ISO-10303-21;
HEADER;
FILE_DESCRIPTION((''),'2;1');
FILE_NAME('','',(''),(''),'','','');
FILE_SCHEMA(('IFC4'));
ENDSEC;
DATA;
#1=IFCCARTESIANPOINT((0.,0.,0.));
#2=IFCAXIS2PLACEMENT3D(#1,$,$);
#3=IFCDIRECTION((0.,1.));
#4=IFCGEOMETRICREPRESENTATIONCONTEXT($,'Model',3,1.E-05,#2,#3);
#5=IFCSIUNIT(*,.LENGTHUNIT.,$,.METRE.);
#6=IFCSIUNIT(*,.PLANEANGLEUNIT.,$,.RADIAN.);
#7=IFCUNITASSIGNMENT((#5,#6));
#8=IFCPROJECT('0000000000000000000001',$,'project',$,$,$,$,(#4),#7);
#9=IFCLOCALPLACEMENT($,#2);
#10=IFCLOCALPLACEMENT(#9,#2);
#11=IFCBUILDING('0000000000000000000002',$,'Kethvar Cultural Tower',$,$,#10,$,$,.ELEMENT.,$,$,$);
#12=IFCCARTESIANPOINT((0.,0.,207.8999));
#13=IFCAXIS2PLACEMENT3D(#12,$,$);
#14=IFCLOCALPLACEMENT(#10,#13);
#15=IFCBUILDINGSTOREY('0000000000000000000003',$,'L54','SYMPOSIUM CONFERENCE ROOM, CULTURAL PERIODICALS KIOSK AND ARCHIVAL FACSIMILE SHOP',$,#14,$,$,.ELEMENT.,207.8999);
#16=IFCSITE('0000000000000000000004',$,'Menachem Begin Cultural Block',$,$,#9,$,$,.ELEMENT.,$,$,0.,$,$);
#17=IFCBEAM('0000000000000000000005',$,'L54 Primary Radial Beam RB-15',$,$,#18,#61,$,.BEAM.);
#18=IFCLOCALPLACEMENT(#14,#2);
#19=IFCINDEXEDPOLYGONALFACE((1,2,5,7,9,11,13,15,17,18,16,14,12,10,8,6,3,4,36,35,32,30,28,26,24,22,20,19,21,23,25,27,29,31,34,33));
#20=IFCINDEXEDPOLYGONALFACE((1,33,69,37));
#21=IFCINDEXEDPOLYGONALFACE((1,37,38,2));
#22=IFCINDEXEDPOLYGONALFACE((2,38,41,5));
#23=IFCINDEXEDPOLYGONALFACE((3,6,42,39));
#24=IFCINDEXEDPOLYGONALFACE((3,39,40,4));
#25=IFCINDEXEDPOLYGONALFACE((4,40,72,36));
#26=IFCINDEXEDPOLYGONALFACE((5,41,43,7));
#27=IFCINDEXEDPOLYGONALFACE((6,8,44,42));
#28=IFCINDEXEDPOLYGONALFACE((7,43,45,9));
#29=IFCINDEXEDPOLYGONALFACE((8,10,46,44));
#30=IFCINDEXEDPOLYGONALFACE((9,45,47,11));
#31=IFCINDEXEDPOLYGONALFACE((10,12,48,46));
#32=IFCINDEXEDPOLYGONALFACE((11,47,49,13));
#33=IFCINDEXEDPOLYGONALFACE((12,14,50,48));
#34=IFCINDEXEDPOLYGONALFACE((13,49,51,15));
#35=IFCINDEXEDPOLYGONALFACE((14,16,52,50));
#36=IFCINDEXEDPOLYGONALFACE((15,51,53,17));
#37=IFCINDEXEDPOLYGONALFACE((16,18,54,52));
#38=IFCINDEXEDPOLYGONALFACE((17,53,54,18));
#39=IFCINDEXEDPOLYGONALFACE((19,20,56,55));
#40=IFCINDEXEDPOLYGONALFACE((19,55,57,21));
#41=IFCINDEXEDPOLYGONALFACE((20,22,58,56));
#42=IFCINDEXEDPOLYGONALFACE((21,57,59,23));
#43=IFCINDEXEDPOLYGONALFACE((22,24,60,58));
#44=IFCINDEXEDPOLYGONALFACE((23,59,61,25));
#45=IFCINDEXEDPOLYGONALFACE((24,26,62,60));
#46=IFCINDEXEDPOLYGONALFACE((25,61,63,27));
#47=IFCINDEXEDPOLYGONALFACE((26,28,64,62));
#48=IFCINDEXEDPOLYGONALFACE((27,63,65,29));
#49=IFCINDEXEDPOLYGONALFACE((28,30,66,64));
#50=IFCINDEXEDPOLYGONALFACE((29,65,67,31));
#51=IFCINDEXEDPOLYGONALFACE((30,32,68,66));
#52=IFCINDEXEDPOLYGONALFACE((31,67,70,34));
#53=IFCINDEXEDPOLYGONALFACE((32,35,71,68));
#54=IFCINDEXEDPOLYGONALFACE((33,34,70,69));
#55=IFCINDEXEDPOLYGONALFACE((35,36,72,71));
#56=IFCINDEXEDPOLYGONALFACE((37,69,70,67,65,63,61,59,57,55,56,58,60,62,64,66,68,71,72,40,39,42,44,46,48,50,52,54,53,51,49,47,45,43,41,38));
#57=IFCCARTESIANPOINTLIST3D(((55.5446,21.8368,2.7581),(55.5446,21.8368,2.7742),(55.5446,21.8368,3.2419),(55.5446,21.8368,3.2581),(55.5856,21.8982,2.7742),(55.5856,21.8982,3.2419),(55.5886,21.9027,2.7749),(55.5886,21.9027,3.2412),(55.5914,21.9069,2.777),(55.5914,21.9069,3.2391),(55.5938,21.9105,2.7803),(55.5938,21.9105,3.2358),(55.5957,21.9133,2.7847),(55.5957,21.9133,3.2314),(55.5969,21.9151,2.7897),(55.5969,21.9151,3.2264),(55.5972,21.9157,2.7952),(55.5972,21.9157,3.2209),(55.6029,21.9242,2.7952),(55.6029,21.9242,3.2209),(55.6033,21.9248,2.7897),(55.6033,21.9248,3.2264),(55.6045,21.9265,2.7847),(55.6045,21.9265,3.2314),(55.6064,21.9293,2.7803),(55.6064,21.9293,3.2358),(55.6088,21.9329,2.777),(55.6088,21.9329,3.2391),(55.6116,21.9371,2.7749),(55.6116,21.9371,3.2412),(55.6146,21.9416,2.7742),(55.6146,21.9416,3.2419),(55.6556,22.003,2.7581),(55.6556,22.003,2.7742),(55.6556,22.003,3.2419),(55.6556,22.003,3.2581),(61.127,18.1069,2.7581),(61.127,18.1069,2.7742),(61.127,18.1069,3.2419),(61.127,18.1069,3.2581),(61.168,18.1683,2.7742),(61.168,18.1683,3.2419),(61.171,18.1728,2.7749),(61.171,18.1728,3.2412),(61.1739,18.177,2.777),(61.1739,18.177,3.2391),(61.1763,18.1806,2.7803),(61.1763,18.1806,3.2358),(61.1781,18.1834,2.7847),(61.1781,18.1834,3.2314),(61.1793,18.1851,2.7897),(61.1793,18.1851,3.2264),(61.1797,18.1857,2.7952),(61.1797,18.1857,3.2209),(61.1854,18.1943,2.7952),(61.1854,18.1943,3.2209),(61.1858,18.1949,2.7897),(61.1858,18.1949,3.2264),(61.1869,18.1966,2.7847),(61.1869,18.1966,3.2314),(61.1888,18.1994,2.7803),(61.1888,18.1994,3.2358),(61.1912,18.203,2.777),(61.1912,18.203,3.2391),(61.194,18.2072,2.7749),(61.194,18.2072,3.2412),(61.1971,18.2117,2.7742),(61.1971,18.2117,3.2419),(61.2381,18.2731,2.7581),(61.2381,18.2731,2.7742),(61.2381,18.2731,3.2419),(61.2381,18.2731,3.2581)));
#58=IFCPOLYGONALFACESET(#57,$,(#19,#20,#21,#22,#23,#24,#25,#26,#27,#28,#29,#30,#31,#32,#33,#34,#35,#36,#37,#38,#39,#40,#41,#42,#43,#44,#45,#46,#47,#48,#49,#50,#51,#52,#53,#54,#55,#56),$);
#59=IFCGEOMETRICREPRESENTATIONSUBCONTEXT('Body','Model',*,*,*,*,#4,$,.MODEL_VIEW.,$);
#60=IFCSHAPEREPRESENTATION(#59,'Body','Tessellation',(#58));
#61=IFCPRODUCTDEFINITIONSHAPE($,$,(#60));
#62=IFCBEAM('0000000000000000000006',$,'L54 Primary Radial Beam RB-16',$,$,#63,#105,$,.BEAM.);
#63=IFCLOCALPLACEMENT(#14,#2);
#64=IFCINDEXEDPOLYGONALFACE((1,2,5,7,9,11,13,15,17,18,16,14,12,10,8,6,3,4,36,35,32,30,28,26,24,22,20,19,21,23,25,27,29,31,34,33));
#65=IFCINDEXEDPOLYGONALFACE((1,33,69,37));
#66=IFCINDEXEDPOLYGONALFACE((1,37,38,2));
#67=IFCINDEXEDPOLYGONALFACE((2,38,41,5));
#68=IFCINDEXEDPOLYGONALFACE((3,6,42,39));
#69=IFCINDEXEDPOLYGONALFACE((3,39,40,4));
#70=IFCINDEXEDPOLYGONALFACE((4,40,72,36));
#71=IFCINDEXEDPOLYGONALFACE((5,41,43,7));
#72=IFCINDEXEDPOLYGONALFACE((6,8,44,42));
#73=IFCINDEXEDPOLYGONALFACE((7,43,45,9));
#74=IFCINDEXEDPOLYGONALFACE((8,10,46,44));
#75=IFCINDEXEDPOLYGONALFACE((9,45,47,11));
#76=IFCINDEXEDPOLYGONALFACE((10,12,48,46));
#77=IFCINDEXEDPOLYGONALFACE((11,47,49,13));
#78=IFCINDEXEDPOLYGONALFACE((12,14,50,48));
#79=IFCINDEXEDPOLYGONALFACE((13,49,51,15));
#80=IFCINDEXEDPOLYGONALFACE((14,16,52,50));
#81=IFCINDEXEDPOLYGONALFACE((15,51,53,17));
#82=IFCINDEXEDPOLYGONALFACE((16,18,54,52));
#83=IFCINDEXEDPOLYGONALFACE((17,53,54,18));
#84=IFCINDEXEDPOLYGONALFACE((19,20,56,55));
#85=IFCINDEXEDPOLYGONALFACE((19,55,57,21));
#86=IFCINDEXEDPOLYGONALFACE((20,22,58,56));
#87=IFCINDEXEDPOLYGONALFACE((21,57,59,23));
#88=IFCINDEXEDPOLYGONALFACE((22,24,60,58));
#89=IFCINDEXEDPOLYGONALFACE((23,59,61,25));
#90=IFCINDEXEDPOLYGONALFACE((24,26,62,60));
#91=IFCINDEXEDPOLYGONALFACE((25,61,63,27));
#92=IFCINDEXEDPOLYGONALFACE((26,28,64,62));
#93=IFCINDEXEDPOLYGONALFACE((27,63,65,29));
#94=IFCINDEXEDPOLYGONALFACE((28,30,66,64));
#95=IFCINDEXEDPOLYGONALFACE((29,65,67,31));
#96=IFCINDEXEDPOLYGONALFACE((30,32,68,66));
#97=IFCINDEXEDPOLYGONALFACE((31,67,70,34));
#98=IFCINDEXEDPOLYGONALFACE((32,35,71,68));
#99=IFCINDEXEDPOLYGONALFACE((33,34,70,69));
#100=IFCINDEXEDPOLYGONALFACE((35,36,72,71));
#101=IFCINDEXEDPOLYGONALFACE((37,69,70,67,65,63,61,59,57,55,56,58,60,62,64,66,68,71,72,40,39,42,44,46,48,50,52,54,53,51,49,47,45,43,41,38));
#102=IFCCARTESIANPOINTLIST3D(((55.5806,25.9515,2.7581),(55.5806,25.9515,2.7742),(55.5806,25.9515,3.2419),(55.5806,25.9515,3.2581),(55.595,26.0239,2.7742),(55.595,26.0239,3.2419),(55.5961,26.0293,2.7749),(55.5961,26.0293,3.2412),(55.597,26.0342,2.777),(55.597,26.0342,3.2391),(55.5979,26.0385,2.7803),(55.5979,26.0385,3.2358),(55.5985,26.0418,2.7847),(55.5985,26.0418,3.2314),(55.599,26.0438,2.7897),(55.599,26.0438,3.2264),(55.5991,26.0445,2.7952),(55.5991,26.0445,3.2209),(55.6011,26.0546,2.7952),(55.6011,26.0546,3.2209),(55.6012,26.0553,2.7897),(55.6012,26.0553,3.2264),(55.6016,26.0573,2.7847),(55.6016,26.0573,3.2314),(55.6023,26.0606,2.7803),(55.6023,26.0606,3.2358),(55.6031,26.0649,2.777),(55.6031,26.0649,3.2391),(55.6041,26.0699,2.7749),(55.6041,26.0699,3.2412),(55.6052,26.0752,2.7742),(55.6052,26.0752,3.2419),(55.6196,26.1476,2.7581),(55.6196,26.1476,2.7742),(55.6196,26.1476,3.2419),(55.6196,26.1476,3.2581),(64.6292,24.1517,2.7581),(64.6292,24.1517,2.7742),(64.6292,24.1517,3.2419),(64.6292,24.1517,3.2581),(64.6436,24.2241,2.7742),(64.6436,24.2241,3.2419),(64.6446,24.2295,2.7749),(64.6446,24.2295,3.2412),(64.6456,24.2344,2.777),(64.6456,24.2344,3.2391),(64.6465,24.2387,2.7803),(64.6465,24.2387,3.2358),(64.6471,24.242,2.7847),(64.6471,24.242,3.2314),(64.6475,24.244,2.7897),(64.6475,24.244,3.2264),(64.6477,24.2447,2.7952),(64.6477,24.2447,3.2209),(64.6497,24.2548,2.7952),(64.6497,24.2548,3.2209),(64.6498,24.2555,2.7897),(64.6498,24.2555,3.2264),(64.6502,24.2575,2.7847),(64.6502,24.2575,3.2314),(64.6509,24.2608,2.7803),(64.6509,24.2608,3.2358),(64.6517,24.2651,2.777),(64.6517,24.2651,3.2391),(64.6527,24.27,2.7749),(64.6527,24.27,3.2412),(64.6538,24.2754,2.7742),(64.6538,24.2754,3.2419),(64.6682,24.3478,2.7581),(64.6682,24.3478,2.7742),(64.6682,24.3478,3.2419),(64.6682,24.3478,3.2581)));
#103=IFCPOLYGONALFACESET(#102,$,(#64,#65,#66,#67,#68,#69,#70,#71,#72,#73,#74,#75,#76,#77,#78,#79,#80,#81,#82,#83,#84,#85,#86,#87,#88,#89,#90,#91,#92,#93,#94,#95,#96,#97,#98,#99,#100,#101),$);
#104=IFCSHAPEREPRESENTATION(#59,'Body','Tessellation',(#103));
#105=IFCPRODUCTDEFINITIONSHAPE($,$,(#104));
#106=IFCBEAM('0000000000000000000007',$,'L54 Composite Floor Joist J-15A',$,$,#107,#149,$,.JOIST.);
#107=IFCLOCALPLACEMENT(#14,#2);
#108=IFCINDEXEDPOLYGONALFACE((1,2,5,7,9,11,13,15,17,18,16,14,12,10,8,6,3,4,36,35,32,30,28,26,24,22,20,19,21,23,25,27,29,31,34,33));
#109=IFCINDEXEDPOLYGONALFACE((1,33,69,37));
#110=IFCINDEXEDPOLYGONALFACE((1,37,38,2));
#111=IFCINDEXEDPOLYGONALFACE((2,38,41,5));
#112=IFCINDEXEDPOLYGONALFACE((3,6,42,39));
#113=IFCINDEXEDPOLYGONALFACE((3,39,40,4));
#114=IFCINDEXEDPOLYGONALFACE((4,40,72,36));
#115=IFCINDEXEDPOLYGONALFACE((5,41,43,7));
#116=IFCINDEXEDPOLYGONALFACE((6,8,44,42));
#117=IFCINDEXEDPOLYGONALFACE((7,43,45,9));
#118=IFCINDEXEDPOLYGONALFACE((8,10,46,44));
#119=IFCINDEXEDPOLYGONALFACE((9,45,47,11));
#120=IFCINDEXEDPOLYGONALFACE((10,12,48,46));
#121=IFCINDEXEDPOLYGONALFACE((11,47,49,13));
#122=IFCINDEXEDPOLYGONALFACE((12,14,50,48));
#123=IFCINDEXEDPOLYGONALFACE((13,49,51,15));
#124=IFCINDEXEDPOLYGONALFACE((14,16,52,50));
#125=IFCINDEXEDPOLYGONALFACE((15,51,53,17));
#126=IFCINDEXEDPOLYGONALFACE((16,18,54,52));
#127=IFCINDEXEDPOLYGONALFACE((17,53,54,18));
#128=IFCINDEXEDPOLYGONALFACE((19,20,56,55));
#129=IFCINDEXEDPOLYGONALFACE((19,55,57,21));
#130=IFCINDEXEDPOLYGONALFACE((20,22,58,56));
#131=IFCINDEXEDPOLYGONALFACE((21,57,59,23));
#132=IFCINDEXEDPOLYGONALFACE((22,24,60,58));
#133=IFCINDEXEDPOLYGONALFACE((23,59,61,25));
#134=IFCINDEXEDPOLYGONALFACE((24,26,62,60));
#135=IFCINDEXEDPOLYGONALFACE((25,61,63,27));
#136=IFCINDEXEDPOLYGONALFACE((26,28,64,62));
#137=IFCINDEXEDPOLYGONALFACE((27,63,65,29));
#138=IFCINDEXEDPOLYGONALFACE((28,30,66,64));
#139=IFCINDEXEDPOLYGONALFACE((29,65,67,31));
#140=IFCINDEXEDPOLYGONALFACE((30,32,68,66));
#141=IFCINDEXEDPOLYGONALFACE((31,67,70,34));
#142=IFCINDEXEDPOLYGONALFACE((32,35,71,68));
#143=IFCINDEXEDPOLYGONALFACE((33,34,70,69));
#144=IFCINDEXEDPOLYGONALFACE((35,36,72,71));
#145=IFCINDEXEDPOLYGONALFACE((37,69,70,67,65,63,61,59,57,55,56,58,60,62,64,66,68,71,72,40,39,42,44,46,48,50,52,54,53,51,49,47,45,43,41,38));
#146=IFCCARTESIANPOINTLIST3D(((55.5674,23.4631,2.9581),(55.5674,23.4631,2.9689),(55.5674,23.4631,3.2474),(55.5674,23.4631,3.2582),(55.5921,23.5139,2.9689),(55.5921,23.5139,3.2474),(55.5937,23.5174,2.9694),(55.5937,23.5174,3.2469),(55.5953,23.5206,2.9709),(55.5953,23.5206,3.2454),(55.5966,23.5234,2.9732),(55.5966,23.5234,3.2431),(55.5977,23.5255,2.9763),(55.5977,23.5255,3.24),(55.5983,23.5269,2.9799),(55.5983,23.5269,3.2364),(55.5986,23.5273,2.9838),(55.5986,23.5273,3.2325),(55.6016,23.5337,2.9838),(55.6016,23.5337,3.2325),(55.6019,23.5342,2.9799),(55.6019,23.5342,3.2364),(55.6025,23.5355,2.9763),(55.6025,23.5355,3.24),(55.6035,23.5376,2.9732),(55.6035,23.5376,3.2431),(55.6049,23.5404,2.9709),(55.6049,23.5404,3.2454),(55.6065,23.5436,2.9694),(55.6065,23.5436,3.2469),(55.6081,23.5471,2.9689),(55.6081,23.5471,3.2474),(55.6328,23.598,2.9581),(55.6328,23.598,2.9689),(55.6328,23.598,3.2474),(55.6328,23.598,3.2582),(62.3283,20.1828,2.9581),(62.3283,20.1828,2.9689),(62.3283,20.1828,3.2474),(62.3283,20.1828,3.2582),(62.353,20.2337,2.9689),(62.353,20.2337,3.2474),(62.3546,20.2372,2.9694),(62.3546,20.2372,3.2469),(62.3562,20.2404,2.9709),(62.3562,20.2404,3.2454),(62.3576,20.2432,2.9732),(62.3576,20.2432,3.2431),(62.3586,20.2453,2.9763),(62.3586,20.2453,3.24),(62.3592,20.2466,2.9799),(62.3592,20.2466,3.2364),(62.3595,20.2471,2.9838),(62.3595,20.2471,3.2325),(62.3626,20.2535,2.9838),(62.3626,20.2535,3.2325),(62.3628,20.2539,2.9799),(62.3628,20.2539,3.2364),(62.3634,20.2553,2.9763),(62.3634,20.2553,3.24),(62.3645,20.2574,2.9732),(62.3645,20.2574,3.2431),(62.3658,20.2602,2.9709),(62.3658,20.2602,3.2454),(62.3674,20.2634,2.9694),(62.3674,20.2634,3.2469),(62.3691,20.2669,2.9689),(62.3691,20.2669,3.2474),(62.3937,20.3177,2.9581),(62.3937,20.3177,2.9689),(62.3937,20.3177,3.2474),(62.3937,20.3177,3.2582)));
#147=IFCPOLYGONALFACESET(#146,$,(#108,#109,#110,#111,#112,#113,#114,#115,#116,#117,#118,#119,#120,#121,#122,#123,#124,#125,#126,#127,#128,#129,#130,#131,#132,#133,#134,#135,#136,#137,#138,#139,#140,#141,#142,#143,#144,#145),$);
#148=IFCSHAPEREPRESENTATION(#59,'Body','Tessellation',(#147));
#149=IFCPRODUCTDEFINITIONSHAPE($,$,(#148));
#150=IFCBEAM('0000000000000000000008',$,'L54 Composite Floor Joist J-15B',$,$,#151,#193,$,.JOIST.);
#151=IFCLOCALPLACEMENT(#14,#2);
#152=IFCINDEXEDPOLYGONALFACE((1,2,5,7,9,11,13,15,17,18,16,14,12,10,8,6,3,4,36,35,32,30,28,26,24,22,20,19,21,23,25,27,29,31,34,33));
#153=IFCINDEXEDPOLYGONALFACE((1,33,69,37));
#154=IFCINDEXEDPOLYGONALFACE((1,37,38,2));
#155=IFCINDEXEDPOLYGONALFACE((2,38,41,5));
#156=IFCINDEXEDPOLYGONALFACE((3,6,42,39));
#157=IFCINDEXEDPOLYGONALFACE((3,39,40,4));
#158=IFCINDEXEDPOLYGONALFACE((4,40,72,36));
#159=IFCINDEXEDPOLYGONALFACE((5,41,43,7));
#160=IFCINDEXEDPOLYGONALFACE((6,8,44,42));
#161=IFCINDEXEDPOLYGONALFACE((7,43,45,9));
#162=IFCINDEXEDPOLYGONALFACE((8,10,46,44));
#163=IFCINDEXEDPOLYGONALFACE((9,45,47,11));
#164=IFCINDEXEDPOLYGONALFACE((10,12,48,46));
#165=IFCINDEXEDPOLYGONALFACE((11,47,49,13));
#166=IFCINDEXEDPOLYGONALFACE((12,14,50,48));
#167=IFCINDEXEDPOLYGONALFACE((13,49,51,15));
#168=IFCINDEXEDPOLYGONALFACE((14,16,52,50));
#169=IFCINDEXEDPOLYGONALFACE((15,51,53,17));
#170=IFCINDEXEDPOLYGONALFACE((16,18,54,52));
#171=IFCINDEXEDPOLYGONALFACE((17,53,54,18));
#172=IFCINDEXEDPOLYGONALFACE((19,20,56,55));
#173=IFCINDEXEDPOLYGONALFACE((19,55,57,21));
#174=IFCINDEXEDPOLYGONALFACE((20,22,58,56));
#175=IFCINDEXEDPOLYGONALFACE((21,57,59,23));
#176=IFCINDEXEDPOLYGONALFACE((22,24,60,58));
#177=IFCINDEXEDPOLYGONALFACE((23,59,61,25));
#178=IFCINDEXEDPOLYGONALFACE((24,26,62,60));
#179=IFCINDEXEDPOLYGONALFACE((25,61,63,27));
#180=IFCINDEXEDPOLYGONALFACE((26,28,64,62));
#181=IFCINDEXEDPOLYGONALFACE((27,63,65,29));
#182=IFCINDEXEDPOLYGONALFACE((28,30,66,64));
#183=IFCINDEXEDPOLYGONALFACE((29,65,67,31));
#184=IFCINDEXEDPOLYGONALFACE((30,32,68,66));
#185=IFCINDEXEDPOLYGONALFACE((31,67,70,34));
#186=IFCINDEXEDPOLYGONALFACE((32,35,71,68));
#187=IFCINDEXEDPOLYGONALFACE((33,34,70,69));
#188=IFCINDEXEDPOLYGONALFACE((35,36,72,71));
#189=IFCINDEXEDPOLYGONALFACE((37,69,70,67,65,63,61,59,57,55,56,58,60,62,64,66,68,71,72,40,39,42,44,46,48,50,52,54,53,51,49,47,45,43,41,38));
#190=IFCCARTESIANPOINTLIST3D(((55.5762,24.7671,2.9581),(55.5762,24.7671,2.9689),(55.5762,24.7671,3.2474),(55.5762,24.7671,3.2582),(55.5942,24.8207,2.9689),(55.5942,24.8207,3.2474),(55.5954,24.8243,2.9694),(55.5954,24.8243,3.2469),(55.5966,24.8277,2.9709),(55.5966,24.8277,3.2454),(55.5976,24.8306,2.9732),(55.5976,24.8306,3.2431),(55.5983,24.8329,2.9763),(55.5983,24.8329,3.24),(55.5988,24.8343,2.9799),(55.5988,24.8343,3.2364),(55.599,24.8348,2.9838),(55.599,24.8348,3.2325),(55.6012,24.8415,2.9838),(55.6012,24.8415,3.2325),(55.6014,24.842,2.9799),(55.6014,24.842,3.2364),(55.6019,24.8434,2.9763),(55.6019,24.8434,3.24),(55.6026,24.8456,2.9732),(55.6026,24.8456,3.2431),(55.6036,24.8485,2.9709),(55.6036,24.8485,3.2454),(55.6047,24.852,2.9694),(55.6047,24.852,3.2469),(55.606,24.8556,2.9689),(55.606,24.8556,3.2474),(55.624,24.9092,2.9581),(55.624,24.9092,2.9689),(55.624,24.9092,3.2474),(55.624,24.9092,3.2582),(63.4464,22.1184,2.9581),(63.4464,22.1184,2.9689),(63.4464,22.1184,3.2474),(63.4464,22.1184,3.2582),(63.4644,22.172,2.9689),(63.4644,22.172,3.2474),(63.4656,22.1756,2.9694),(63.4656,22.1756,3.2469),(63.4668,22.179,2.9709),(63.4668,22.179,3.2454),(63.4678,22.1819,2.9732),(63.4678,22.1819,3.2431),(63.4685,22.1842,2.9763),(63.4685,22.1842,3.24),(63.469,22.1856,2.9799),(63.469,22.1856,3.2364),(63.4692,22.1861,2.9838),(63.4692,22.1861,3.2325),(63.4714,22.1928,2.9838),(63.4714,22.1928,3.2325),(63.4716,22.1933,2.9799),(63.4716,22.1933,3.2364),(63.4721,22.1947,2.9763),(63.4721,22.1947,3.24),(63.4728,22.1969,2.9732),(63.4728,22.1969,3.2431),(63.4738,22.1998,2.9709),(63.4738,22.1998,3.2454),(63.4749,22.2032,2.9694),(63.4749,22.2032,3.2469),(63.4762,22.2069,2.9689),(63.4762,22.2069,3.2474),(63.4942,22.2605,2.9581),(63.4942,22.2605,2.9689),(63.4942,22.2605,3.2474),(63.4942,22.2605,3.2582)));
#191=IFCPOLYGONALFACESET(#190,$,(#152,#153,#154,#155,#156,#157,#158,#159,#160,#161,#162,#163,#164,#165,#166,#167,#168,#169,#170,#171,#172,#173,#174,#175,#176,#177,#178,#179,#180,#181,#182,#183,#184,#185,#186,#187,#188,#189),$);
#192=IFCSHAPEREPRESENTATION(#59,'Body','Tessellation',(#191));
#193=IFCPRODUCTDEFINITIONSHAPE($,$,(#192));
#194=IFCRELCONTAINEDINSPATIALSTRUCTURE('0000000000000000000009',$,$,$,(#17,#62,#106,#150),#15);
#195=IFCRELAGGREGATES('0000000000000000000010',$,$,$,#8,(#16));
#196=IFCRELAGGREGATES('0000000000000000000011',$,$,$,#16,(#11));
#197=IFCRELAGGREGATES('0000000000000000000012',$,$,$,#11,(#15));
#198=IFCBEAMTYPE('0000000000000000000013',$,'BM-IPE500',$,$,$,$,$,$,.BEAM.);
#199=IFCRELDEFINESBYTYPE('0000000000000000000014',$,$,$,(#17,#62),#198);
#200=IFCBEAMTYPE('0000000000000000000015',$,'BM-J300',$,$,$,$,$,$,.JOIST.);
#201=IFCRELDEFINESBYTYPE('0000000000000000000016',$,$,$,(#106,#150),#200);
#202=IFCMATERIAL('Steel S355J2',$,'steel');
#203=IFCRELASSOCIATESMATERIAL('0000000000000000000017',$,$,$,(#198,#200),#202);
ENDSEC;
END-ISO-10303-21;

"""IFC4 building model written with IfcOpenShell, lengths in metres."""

from ifc_helpers import new_model, si_unit, direction, frame, origin, origin_2d, place, context, subcontext, project, spatial, i_section, extrude, source, transform, mapped, material, material_profile, profile_set, type_object, element, save


model = new_model("IFC4")

# Units and contexts
model_context = context("Model", 3, precision=1e-05, world=origin(), true_north=direction((0.0, 1.0)))
body_context = subcontext(model_context, "Body", "Model", "MODEL_VIEW")
ifc_project = project(units=[si_unit("LENGTHUNIT", "METRE"), si_unit("PLANEANGLEUNIT", "RADIAN")], contexts=[model_context])

# Site, building, storey
site_placement = place(None, origin())
site = spatial("IfcSite", under=ifc_project, at=site_placement, Name="Menachem Begin Cultural Block", CompositionType="ELEMENT", RefElevation=0.0)
building_placement = place(site_placement, origin())
building = spatial("IfcBuilding", under=site, at=building_placement, Name="Kethvar Cultural Tower", CompositionType="ELEMENT")
storey_placement = place(building_placement, frame((0.0, 0.0, 207.8999)))
storey = spatial("IfcBuildingStorey", under=building, at=storey_placement, Name="L54", Description="SYMPOSIUM CONFERENCE ROOM, CULTURAL PERIODICALS KIOSK AND ARCHIVAL FACSIMILE SHOP", CompositionType="ELEMENT", Elevation=207.8999)

# Beams
ifc_material_1 = material(Name="Steel S355J2", Category="steel")
ifc_material_profile_1 = material_profile(ifc_material_1, i_section(OverallWidth=0.2, OverallDepth=0.5, WebThickness=0.0103, FlangeThickness=0.0161, FilletRadius=0.021, at=origin_2d()), Name="Steel S355J2 — IPE500")
ifc_profile_set_1 = profile_set([ifc_material_profile_1], Name="Steel S355J2 — IPE500")
beam_type_1 = type_object("IfcBeamType", Name="BM-IPE500", PredefinedType="BEAM", material=ifc_profile_set_1)
shared_shape_1 = source(origin(), body_context, "Body", "SweptSolid", [
    extrude(i_section(OverallWidth=0.2, OverallDepth=0.5, WebThickness=0.0103, FlangeThickness=0.0161, FilletRadius=0.021, at=origin_2d()), origin(), (0.0, 0.0, 1.0), 6.7139),
])
beam_1_placement = place(storey_placement, frame((55.6001, 21.9199, 3.0081), z_axis=(0.831479, -0.555556, 0.0), x_axis=(0.555556, 0.831479, 0.0)))
element("IfcBeam", 1, at=beam_1_placement, inside=storey, type_object=beam_type_1, Name="L54 Primary Radial Beam RB-15", PredefinedType="BEAM", context=body_context, shape_type="MappedRepresentation", body=[
    mapped(shared_shape_1, transform((0.0, 0.0, 0.0), scale=1.0)),
])
shared_shape_2 = source(origin(), body_context, "Body", "SweptSolid", [
    extrude(i_section(OverallWidth=0.2, OverallDepth=0.5, WebThickness=0.0103, FlangeThickness=0.0161, FilletRadius=0.021, at=origin_2d()), origin(), (0.0, 0.0, 1.0), 9.2258),
])
beam_2_placement = place(storey_placement, frame((55.6001, 26.0496, 3.0081), z_axis=(0.980787, -0.195083, 0.0), x_axis=(0.195083, 0.980787, 0.0)))
element("IfcBeam", 2, at=beam_2_placement, inside=storey, type_object=beam_type_1, Name="L54 Primary Radial Beam RB-16", PredefinedType="BEAM", context=body_context, shape_type="MappedRepresentation", body=[
    mapped(shared_shape_2, transform((0.0, 0.0, 0.0), scale=1.0)),
])
ifc_material_profile_2 = material_profile(ifc_material_1, i_section(OverallWidth=0.1499, OverallDepth=0.3, WebThickness=0.0071, FlangeThickness=0.0107, FilletRadius=0.0149, at=origin_2d()), Name="Steel S355J2 — IPE300")
ifc_profile_set_2 = profile_set([ifc_material_profile_2], Name="Steel S355J2 — IPE300")
beam_type_2 = type_object("IfcBeamType", Name="BM-J300", PredefinedType="JOIST", material=ifc_profile_set_2)
shared_shape_3 = source(origin(), body_context, "Body", "SweptSolid", [
    extrude(i_section(OverallWidth=0.1499, OverallDepth=0.3, WebThickness=0.0071, FlangeThickness=0.0107, FilletRadius=0.0149, at=origin_2d()), origin(), (0.0, 0.0, 1.0), 7.5146),
])
beam_3_placement = place(storey_placement, frame((55.6001, 23.5305, 3.1082), z_axis=(0.899698, -0.436513, 0.0), x_axis=(0.436513, 0.899698, 0.0)))
element("IfcBeam", 3, at=beam_3_placement, inside=storey, type_object=beam_type_2, Name="L54 Composite Floor Joist J-15A", PredefinedType="JOIST", context=body_context, shape_type="MappedRepresentation", body=[
    mapped(shared_shape_3, transform((0.0, 0.0, 0.0), scale=1.0)),
])
shared_shape_4 = source(origin(), body_context, "Body", "SweptSolid", [
    extrude(i_section(OverallWidth=0.1499, OverallDepth=0.3, WebThickness=0.0071, FlangeThickness=0.0107, FilletRadius=0.0149, at=origin_2d()), origin(), (0.0, 0.0, 1.0), 8.304),
])
beam_4_placement = place(storey_placement, frame((55.6001, 24.8381, 3.1082), z_axis=(0.947765, -0.31897, 0.0), x_axis=(0.31897, 0.947765, 0.0)))
element("IfcBeam", 4, at=beam_4_placement, inside=storey, type_object=beam_type_2, Name="L54 Composite Floor Joist J-15B", PredefinedType="JOIST", context=body_context, shape_type="MappedRepresentation", body=[
    mapped(shared_shape_4, transform((0.0, 0.0, 0.0), scale=1.0)),
])

save(model, "model.ifc")
